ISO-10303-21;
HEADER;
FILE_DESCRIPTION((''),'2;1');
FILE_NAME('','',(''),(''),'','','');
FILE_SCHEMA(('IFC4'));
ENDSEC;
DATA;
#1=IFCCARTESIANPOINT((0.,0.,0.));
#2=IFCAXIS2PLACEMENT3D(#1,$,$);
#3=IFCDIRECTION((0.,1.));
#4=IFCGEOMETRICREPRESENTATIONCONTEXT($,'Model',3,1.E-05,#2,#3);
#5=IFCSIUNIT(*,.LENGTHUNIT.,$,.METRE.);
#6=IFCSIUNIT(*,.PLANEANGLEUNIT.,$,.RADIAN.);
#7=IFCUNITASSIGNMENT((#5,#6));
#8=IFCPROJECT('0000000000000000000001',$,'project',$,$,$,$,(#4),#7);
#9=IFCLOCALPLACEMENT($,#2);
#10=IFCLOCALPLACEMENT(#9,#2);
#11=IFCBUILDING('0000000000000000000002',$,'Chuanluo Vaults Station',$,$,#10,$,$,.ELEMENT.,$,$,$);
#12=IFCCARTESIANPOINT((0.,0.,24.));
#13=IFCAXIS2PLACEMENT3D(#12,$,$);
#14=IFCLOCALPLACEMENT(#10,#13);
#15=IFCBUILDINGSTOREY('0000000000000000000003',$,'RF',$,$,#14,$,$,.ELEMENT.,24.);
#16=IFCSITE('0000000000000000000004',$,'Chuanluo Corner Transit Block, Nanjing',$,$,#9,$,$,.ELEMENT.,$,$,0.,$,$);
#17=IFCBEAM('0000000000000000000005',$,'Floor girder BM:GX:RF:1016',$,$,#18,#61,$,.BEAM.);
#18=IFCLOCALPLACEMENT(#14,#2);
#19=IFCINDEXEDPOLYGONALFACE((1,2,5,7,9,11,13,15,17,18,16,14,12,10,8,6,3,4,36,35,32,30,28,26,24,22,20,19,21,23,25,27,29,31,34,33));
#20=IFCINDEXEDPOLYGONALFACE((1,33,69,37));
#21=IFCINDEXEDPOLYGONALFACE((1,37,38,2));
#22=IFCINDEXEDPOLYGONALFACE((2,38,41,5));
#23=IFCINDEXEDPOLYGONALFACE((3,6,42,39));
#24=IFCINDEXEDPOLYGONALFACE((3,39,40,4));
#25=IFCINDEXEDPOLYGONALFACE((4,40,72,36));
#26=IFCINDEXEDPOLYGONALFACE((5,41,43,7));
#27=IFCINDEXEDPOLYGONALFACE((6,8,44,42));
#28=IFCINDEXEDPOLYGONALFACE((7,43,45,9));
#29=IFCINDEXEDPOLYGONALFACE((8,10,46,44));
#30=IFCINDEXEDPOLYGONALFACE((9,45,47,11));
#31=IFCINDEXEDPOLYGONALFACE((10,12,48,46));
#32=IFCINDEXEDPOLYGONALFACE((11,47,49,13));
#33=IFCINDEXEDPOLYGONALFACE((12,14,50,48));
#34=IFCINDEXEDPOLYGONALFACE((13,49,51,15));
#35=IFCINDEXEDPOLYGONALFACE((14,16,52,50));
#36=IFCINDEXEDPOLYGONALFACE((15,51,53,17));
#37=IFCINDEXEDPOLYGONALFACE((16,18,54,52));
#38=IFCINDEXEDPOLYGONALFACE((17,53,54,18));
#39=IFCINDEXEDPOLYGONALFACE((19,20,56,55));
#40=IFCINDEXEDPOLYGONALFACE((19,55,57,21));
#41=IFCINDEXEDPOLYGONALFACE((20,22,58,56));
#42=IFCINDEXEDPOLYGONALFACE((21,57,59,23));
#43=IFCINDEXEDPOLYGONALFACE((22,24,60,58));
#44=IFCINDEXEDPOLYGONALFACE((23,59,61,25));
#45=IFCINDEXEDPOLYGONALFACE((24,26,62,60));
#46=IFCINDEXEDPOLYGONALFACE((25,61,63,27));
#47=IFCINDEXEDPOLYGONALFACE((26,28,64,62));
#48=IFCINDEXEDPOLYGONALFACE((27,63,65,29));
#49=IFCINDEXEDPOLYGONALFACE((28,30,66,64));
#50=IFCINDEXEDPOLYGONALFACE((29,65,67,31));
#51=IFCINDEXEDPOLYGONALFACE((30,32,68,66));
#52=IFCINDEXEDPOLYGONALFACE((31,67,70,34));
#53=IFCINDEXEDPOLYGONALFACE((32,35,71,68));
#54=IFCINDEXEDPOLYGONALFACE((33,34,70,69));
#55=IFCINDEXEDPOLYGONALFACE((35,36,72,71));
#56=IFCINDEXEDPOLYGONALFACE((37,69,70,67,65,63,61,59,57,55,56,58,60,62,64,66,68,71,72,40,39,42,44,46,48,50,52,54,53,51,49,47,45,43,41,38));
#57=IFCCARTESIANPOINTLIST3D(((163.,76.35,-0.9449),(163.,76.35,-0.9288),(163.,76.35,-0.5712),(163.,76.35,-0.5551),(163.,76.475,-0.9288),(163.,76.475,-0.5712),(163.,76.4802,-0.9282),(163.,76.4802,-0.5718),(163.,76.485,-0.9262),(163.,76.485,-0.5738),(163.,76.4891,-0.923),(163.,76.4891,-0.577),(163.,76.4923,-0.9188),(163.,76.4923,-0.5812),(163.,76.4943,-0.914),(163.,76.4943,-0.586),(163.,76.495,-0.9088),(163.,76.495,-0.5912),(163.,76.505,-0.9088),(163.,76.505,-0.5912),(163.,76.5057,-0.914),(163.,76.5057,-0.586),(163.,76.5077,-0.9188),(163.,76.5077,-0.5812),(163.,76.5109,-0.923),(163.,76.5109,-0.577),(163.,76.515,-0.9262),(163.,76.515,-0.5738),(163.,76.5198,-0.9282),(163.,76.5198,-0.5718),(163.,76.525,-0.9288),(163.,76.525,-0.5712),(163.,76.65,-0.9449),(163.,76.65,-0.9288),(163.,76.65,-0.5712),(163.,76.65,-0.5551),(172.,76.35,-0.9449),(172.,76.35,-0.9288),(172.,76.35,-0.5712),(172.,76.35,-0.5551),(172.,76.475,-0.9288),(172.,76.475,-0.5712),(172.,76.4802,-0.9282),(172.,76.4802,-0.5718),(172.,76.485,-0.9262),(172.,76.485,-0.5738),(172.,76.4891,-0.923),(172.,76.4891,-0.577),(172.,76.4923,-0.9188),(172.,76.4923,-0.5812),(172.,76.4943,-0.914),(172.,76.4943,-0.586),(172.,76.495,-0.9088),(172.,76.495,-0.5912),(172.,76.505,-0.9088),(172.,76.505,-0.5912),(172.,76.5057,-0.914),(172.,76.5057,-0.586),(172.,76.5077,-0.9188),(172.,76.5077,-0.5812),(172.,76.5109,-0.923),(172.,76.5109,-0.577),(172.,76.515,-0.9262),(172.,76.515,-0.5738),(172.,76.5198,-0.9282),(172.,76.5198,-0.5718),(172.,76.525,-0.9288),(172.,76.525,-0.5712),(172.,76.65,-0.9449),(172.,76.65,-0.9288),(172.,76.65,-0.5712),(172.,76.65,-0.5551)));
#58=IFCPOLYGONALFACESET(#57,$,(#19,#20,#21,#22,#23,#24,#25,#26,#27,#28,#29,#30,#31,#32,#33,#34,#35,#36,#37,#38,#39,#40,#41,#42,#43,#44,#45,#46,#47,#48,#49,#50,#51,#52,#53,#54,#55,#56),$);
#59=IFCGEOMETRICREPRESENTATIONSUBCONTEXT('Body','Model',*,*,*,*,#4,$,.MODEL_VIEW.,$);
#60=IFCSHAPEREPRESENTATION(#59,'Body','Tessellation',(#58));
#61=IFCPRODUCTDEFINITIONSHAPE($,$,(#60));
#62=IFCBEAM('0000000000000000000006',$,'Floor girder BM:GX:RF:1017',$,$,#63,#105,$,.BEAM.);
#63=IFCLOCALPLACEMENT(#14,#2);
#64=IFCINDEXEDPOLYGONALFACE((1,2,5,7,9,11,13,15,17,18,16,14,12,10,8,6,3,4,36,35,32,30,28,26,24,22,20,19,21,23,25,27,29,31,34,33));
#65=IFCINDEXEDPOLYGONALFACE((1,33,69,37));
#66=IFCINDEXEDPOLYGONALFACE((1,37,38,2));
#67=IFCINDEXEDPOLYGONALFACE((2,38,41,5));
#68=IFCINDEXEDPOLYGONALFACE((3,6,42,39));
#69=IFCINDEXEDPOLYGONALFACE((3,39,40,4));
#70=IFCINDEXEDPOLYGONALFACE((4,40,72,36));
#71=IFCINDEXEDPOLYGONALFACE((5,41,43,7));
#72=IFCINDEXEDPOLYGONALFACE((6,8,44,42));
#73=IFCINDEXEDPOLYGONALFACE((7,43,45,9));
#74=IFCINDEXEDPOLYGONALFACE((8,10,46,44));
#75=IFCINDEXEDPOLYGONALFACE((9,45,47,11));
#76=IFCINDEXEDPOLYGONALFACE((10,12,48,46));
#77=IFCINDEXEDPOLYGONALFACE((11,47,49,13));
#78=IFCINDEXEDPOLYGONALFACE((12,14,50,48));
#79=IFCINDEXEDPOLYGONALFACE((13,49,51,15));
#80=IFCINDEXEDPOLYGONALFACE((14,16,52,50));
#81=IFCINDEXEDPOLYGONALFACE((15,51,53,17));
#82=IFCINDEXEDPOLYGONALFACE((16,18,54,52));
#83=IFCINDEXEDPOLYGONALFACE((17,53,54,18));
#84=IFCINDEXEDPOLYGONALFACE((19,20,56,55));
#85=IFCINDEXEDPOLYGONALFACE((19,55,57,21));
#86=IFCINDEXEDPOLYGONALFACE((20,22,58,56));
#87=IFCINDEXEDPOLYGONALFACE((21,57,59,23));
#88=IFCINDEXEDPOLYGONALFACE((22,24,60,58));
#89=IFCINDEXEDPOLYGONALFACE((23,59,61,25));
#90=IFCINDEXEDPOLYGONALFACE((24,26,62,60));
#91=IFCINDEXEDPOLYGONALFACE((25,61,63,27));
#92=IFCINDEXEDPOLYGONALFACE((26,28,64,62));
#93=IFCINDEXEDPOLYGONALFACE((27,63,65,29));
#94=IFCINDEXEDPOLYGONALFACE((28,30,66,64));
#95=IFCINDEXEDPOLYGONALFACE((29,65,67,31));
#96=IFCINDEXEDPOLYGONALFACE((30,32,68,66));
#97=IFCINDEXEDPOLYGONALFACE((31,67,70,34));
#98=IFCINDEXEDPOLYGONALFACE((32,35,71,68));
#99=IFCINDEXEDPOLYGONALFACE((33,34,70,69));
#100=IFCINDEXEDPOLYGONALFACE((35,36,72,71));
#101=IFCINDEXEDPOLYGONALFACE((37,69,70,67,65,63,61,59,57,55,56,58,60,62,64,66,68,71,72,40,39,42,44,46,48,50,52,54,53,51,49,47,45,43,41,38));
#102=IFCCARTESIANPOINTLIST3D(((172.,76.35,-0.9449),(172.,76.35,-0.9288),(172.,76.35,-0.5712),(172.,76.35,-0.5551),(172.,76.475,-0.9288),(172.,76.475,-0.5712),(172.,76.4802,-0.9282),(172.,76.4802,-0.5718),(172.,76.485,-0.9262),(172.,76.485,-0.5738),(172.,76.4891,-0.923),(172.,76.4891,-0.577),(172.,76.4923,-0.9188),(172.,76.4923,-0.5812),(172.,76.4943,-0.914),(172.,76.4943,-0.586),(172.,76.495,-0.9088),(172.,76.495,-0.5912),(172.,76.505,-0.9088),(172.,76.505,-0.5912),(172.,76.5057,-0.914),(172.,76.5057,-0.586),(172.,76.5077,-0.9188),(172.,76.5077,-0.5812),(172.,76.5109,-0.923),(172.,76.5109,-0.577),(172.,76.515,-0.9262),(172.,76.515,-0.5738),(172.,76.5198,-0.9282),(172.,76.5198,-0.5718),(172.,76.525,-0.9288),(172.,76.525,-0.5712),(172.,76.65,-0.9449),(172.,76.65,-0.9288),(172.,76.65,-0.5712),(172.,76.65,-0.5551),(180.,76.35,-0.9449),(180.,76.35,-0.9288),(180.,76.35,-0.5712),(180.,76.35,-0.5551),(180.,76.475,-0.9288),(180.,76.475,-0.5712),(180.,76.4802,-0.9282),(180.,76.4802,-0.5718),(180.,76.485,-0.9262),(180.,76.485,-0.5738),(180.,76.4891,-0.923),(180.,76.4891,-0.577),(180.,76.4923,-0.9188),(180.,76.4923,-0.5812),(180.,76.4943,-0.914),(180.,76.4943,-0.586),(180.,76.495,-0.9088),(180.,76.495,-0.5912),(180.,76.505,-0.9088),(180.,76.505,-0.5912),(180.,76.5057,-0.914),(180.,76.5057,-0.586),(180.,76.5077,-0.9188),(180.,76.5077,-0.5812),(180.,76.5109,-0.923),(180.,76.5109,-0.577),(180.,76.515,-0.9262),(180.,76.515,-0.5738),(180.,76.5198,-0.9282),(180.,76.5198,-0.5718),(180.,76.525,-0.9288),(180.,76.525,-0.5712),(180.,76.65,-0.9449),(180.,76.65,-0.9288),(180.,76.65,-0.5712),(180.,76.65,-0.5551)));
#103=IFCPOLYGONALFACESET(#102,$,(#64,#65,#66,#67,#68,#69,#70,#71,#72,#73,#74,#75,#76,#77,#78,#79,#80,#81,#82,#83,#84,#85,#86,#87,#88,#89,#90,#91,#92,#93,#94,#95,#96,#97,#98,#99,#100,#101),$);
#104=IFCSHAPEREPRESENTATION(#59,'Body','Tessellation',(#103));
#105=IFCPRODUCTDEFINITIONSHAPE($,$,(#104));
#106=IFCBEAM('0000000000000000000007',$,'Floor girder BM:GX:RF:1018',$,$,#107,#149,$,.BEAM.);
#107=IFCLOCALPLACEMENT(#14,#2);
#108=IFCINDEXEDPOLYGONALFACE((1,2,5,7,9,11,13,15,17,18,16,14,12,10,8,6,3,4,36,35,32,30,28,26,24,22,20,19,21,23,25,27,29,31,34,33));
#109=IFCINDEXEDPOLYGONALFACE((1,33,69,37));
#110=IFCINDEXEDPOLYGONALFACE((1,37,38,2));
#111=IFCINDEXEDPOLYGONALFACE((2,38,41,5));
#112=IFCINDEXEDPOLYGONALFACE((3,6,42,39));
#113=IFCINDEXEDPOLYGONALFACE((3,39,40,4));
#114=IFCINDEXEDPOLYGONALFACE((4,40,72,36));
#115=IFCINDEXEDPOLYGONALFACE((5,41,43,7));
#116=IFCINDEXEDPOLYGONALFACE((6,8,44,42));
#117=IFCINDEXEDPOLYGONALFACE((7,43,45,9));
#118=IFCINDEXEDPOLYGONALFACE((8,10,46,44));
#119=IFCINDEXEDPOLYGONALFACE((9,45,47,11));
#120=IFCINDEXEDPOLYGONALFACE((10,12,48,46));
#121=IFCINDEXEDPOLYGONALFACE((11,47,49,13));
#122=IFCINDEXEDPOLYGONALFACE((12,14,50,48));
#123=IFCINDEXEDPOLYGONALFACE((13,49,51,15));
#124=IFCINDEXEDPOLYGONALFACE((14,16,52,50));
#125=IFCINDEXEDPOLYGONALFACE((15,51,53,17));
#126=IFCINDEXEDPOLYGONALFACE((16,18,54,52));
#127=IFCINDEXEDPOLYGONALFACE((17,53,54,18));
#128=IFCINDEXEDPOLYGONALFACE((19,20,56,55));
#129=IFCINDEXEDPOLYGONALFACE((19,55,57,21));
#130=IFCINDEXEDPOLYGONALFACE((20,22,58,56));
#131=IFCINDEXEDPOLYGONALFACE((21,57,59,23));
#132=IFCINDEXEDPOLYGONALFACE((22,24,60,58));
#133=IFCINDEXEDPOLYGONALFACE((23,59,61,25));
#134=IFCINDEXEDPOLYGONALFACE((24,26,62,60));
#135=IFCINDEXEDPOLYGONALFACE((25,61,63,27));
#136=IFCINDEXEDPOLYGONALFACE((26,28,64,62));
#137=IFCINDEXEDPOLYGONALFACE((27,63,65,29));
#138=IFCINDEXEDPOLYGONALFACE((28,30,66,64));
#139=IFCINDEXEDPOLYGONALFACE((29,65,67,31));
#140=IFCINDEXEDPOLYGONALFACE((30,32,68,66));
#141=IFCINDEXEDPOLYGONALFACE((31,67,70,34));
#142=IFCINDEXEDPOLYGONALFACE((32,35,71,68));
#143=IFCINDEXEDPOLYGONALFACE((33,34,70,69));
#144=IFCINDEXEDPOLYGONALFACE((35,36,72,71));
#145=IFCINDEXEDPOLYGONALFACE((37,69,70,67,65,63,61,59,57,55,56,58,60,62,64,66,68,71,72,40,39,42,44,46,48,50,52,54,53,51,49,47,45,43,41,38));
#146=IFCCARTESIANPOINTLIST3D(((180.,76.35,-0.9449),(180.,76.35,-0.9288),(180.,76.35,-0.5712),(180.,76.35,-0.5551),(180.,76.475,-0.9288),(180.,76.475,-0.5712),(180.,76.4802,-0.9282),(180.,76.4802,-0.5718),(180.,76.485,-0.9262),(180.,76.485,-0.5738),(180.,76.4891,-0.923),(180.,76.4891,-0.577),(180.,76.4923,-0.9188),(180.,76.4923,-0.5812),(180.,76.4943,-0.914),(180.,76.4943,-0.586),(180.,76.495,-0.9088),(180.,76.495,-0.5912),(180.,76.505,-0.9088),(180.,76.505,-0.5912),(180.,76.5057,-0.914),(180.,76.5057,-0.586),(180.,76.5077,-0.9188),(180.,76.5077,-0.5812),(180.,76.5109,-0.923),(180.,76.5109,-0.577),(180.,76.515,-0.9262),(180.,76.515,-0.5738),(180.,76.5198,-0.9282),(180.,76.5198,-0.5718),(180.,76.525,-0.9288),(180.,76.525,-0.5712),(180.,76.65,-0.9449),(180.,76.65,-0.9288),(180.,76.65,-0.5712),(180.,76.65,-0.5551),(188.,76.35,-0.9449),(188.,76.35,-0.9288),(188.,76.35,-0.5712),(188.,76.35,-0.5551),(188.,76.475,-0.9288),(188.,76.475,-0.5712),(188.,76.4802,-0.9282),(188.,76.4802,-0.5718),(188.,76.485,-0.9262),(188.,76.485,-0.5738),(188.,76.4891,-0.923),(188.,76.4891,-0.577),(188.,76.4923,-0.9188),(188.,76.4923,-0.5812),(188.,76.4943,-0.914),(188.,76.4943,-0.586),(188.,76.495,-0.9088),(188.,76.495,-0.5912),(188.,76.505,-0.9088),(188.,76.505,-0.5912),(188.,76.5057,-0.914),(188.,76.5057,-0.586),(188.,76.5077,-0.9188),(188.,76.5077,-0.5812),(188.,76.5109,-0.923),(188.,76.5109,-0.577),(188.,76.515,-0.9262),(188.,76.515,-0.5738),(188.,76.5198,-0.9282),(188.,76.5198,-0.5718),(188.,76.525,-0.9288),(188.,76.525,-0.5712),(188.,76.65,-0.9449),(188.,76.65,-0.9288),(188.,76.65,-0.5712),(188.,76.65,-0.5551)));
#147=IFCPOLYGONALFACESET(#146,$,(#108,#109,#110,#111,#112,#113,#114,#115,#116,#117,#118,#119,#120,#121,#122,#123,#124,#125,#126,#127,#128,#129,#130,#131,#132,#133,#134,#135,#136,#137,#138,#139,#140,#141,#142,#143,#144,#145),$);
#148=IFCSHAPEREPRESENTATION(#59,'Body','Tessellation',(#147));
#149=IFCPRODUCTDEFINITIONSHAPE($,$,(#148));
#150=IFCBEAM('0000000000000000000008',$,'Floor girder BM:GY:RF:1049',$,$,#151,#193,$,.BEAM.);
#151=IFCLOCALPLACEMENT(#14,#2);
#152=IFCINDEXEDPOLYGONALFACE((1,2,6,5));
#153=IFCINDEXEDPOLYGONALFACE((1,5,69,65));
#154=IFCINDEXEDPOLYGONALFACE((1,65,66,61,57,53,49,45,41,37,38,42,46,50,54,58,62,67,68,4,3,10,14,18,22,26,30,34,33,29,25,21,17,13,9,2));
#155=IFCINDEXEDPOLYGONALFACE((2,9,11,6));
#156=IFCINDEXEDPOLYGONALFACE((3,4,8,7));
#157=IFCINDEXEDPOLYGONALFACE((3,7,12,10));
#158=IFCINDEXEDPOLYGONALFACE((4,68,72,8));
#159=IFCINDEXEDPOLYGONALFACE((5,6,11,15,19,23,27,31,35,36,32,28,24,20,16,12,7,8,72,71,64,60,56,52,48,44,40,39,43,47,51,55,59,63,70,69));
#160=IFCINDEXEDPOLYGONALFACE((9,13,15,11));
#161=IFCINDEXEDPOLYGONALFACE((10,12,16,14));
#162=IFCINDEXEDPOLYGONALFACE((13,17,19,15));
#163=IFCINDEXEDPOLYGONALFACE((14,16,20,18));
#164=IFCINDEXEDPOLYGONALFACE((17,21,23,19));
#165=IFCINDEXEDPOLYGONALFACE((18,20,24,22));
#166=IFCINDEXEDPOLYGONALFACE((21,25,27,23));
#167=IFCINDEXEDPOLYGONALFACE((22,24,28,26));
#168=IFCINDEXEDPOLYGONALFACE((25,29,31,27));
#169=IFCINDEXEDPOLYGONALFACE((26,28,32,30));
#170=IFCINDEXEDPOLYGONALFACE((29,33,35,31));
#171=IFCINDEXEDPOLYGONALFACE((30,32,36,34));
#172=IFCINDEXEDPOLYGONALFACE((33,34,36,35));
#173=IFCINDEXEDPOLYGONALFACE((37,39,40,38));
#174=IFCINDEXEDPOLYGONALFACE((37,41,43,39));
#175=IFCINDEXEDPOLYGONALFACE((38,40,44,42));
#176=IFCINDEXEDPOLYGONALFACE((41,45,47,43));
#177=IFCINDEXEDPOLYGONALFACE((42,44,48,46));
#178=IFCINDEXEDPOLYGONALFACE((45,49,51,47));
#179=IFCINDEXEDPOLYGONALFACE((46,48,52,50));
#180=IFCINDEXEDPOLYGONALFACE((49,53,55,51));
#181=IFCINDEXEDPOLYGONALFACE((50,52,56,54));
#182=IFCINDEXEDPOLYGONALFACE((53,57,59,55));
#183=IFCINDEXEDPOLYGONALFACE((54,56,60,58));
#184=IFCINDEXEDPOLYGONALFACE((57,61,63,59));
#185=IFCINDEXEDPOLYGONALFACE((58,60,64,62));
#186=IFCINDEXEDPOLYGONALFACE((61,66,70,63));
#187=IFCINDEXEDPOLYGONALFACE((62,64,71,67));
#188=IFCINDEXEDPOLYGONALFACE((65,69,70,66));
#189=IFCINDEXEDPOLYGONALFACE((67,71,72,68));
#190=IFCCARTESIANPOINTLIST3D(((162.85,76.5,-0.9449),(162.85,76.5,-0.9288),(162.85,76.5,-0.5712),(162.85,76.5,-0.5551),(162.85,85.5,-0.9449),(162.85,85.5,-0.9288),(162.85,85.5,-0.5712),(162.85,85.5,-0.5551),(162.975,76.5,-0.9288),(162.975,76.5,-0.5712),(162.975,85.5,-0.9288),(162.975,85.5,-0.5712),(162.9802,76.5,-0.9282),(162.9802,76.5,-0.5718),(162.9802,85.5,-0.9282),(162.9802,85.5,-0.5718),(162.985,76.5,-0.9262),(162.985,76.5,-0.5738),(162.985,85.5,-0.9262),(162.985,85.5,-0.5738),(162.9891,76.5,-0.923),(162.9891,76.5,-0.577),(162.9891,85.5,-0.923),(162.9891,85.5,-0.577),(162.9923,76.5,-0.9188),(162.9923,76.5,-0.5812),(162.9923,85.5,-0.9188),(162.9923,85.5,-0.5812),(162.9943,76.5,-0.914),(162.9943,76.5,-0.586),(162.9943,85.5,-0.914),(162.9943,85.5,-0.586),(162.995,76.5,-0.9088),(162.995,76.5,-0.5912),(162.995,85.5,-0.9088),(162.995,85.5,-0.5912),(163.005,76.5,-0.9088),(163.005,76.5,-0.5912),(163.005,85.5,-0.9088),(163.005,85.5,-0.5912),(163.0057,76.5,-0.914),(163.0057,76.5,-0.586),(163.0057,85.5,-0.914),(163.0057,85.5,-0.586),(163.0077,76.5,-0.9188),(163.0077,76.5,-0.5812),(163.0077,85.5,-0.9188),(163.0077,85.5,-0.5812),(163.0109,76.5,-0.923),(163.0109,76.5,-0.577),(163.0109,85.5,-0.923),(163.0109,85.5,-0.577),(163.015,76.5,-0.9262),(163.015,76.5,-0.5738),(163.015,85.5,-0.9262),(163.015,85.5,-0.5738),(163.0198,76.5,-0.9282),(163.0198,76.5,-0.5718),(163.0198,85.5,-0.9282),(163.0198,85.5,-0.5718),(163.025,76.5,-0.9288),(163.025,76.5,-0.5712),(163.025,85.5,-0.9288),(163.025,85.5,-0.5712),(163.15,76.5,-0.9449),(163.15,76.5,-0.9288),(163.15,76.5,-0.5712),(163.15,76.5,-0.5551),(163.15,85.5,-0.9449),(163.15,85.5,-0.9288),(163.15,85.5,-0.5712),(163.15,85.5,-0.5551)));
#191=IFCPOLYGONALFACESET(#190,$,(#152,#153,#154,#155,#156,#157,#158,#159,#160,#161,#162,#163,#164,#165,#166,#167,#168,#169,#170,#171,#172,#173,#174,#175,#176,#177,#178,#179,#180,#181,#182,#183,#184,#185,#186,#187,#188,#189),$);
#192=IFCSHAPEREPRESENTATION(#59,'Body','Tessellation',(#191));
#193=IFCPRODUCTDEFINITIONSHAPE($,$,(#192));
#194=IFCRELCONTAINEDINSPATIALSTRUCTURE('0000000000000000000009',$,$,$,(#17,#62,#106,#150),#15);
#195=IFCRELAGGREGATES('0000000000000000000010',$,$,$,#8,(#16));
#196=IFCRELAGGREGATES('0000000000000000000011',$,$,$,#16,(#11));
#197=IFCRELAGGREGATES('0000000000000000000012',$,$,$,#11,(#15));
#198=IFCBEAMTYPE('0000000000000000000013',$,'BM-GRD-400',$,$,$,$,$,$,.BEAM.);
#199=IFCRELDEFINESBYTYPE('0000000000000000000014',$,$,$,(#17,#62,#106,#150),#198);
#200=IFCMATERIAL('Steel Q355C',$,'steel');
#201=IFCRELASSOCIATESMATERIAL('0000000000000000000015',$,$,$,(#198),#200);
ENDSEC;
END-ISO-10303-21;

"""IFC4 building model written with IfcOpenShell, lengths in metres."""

from ifc_helpers import new_model, si_unit, direction, frame, origin, origin_2d, place, context, subcontext, project, spatial, i_section, extrude, material, material_profile, profile_set, type_object, element, save


model = new_model("IFC4")

# Units and contexts
model_context = context("Model", 3, precision=1e-05, world=origin(), true_north=direction((0.0, 1.0)))
body_context = subcontext(model_context, "Body", "Model", "MODEL_VIEW")
ifc_project = project(units=[si_unit("LENGTHUNIT", "METRE"), si_unit("PLANEANGLEUNIT", "RADIAN")], contexts=[model_context])

# Site, building, storey
site_placement = place(None, origin())
site = spatial("IfcSite", under=ifc_project, at=site_placement, Name="Chuanluo Corner Transit Block, Nanjing", CompositionType="ELEMENT", RefElevation=0.0)
building_placement = place(site_placement, origin())
building = spatial("IfcBuilding", under=site, at=building_placement, Name="Chuanluo Vaults Station", CompositionType="ELEMENT")
storey_placement = place(building_placement, frame((0.0, 0.0, 24.0)))
storey = spatial("IfcBuildingStorey", under=building, at=storey_placement, Name="RF", CompositionType="ELEMENT", Elevation=24.0)

# Beams
ifc_material_1 = material(Name="Steel Q355C", Category="steel")
ifc_material_profile_1 = material_profile(ifc_material_1, i_section(OverallWidth=0.3, OverallDepth=0.3899, WebThickness=0.01, FlangeThickness=0.0161, FilletRadius=0.02, at=origin_2d()))
ifc_profile_set_1 = profile_set([ifc_material_profile_1], Name="Steel Q355C")
beam_type_1 = type_object("IfcBeamType", Name="BM-GRD-400", PredefinedType="BEAM", material=ifc_profile_set_1)
beam_1_placement = place(storey_placement, frame((163.0, 76.5, -0.75), z_axis=(1.0, 0.0, 0.0), x_axis=(0.0, 1.0, 0.0)))
element("IfcBeam", 1, at=beam_1_placement, inside=storey, type_object=beam_type_1, Name="Floor girder BM:GX:RF:1016", PredefinedType="BEAM", context=body_context, shape_type="SweptSolid", body=[
    extrude(i_section(OverallWidth=0.3, OverallDepth=0.3899, WebThickness=0.01, FlangeThickness=0.0161, FilletRadius=0.02, at=origin_2d()), origin(), (0.0, 0.0, 1.0), 9.0),
])
for number, where, z_axis, x_axis, name in (
    (2, (172.0, 76.5, -0.75), (1.0, 0.0, 0.0), (0.0, 1.0, 0.0), "Floor girder BM:GX:RF:1017"),
    (3, (180.0, 76.5, -0.75), (1.0, 0.0, 0.0), (0.0, 1.0, 0.0), "Floor girder BM:GX:RF:1018"),
):
    element("IfcBeam", number, at=place(storey_placement, frame(where, z_axis=z_axis, x_axis=x_axis)), inside=storey, type_object=beam_type_1, Name=name, PredefinedType="BEAM", context=body_context, shape_type="SweptSolid", body=[
        extrude(i_section(OverallWidth=0.3, OverallDepth=0.3899, WebThickness=0.01, FlangeThickness=0.0161, FilletRadius=0.02, at=origin_2d()), origin(), (0.0, 0.0, 1.0), 8.0),
    ])
for number, where, z_axis, x_axis, name in (
    (4, (163.0, 76.5, -0.75), (0.0, 1.0, 0.0), (-1.0, 0.0, 0.0), "Floor girder BM:GY:RF:1049"),
):
    element("IfcBeam", number, at=place(storey_placement, frame(where, z_axis=z_axis, x_axis=x_axis)), inside=storey, type_object=beam_type_1, Name=name, PredefinedType="BEAM", context=body_context, shape_type="SweptSolid", body=[
        extrude(i_section(OverallWidth=0.3, OverallDepth=0.3899, WebThickness=0.01, FlangeThickness=0.0161, FilletRadius=0.02, at=origin_2d()), origin(), (0.0, 0.0, 1.0), 9.0),
    ])

save(model, "model.ifc")
